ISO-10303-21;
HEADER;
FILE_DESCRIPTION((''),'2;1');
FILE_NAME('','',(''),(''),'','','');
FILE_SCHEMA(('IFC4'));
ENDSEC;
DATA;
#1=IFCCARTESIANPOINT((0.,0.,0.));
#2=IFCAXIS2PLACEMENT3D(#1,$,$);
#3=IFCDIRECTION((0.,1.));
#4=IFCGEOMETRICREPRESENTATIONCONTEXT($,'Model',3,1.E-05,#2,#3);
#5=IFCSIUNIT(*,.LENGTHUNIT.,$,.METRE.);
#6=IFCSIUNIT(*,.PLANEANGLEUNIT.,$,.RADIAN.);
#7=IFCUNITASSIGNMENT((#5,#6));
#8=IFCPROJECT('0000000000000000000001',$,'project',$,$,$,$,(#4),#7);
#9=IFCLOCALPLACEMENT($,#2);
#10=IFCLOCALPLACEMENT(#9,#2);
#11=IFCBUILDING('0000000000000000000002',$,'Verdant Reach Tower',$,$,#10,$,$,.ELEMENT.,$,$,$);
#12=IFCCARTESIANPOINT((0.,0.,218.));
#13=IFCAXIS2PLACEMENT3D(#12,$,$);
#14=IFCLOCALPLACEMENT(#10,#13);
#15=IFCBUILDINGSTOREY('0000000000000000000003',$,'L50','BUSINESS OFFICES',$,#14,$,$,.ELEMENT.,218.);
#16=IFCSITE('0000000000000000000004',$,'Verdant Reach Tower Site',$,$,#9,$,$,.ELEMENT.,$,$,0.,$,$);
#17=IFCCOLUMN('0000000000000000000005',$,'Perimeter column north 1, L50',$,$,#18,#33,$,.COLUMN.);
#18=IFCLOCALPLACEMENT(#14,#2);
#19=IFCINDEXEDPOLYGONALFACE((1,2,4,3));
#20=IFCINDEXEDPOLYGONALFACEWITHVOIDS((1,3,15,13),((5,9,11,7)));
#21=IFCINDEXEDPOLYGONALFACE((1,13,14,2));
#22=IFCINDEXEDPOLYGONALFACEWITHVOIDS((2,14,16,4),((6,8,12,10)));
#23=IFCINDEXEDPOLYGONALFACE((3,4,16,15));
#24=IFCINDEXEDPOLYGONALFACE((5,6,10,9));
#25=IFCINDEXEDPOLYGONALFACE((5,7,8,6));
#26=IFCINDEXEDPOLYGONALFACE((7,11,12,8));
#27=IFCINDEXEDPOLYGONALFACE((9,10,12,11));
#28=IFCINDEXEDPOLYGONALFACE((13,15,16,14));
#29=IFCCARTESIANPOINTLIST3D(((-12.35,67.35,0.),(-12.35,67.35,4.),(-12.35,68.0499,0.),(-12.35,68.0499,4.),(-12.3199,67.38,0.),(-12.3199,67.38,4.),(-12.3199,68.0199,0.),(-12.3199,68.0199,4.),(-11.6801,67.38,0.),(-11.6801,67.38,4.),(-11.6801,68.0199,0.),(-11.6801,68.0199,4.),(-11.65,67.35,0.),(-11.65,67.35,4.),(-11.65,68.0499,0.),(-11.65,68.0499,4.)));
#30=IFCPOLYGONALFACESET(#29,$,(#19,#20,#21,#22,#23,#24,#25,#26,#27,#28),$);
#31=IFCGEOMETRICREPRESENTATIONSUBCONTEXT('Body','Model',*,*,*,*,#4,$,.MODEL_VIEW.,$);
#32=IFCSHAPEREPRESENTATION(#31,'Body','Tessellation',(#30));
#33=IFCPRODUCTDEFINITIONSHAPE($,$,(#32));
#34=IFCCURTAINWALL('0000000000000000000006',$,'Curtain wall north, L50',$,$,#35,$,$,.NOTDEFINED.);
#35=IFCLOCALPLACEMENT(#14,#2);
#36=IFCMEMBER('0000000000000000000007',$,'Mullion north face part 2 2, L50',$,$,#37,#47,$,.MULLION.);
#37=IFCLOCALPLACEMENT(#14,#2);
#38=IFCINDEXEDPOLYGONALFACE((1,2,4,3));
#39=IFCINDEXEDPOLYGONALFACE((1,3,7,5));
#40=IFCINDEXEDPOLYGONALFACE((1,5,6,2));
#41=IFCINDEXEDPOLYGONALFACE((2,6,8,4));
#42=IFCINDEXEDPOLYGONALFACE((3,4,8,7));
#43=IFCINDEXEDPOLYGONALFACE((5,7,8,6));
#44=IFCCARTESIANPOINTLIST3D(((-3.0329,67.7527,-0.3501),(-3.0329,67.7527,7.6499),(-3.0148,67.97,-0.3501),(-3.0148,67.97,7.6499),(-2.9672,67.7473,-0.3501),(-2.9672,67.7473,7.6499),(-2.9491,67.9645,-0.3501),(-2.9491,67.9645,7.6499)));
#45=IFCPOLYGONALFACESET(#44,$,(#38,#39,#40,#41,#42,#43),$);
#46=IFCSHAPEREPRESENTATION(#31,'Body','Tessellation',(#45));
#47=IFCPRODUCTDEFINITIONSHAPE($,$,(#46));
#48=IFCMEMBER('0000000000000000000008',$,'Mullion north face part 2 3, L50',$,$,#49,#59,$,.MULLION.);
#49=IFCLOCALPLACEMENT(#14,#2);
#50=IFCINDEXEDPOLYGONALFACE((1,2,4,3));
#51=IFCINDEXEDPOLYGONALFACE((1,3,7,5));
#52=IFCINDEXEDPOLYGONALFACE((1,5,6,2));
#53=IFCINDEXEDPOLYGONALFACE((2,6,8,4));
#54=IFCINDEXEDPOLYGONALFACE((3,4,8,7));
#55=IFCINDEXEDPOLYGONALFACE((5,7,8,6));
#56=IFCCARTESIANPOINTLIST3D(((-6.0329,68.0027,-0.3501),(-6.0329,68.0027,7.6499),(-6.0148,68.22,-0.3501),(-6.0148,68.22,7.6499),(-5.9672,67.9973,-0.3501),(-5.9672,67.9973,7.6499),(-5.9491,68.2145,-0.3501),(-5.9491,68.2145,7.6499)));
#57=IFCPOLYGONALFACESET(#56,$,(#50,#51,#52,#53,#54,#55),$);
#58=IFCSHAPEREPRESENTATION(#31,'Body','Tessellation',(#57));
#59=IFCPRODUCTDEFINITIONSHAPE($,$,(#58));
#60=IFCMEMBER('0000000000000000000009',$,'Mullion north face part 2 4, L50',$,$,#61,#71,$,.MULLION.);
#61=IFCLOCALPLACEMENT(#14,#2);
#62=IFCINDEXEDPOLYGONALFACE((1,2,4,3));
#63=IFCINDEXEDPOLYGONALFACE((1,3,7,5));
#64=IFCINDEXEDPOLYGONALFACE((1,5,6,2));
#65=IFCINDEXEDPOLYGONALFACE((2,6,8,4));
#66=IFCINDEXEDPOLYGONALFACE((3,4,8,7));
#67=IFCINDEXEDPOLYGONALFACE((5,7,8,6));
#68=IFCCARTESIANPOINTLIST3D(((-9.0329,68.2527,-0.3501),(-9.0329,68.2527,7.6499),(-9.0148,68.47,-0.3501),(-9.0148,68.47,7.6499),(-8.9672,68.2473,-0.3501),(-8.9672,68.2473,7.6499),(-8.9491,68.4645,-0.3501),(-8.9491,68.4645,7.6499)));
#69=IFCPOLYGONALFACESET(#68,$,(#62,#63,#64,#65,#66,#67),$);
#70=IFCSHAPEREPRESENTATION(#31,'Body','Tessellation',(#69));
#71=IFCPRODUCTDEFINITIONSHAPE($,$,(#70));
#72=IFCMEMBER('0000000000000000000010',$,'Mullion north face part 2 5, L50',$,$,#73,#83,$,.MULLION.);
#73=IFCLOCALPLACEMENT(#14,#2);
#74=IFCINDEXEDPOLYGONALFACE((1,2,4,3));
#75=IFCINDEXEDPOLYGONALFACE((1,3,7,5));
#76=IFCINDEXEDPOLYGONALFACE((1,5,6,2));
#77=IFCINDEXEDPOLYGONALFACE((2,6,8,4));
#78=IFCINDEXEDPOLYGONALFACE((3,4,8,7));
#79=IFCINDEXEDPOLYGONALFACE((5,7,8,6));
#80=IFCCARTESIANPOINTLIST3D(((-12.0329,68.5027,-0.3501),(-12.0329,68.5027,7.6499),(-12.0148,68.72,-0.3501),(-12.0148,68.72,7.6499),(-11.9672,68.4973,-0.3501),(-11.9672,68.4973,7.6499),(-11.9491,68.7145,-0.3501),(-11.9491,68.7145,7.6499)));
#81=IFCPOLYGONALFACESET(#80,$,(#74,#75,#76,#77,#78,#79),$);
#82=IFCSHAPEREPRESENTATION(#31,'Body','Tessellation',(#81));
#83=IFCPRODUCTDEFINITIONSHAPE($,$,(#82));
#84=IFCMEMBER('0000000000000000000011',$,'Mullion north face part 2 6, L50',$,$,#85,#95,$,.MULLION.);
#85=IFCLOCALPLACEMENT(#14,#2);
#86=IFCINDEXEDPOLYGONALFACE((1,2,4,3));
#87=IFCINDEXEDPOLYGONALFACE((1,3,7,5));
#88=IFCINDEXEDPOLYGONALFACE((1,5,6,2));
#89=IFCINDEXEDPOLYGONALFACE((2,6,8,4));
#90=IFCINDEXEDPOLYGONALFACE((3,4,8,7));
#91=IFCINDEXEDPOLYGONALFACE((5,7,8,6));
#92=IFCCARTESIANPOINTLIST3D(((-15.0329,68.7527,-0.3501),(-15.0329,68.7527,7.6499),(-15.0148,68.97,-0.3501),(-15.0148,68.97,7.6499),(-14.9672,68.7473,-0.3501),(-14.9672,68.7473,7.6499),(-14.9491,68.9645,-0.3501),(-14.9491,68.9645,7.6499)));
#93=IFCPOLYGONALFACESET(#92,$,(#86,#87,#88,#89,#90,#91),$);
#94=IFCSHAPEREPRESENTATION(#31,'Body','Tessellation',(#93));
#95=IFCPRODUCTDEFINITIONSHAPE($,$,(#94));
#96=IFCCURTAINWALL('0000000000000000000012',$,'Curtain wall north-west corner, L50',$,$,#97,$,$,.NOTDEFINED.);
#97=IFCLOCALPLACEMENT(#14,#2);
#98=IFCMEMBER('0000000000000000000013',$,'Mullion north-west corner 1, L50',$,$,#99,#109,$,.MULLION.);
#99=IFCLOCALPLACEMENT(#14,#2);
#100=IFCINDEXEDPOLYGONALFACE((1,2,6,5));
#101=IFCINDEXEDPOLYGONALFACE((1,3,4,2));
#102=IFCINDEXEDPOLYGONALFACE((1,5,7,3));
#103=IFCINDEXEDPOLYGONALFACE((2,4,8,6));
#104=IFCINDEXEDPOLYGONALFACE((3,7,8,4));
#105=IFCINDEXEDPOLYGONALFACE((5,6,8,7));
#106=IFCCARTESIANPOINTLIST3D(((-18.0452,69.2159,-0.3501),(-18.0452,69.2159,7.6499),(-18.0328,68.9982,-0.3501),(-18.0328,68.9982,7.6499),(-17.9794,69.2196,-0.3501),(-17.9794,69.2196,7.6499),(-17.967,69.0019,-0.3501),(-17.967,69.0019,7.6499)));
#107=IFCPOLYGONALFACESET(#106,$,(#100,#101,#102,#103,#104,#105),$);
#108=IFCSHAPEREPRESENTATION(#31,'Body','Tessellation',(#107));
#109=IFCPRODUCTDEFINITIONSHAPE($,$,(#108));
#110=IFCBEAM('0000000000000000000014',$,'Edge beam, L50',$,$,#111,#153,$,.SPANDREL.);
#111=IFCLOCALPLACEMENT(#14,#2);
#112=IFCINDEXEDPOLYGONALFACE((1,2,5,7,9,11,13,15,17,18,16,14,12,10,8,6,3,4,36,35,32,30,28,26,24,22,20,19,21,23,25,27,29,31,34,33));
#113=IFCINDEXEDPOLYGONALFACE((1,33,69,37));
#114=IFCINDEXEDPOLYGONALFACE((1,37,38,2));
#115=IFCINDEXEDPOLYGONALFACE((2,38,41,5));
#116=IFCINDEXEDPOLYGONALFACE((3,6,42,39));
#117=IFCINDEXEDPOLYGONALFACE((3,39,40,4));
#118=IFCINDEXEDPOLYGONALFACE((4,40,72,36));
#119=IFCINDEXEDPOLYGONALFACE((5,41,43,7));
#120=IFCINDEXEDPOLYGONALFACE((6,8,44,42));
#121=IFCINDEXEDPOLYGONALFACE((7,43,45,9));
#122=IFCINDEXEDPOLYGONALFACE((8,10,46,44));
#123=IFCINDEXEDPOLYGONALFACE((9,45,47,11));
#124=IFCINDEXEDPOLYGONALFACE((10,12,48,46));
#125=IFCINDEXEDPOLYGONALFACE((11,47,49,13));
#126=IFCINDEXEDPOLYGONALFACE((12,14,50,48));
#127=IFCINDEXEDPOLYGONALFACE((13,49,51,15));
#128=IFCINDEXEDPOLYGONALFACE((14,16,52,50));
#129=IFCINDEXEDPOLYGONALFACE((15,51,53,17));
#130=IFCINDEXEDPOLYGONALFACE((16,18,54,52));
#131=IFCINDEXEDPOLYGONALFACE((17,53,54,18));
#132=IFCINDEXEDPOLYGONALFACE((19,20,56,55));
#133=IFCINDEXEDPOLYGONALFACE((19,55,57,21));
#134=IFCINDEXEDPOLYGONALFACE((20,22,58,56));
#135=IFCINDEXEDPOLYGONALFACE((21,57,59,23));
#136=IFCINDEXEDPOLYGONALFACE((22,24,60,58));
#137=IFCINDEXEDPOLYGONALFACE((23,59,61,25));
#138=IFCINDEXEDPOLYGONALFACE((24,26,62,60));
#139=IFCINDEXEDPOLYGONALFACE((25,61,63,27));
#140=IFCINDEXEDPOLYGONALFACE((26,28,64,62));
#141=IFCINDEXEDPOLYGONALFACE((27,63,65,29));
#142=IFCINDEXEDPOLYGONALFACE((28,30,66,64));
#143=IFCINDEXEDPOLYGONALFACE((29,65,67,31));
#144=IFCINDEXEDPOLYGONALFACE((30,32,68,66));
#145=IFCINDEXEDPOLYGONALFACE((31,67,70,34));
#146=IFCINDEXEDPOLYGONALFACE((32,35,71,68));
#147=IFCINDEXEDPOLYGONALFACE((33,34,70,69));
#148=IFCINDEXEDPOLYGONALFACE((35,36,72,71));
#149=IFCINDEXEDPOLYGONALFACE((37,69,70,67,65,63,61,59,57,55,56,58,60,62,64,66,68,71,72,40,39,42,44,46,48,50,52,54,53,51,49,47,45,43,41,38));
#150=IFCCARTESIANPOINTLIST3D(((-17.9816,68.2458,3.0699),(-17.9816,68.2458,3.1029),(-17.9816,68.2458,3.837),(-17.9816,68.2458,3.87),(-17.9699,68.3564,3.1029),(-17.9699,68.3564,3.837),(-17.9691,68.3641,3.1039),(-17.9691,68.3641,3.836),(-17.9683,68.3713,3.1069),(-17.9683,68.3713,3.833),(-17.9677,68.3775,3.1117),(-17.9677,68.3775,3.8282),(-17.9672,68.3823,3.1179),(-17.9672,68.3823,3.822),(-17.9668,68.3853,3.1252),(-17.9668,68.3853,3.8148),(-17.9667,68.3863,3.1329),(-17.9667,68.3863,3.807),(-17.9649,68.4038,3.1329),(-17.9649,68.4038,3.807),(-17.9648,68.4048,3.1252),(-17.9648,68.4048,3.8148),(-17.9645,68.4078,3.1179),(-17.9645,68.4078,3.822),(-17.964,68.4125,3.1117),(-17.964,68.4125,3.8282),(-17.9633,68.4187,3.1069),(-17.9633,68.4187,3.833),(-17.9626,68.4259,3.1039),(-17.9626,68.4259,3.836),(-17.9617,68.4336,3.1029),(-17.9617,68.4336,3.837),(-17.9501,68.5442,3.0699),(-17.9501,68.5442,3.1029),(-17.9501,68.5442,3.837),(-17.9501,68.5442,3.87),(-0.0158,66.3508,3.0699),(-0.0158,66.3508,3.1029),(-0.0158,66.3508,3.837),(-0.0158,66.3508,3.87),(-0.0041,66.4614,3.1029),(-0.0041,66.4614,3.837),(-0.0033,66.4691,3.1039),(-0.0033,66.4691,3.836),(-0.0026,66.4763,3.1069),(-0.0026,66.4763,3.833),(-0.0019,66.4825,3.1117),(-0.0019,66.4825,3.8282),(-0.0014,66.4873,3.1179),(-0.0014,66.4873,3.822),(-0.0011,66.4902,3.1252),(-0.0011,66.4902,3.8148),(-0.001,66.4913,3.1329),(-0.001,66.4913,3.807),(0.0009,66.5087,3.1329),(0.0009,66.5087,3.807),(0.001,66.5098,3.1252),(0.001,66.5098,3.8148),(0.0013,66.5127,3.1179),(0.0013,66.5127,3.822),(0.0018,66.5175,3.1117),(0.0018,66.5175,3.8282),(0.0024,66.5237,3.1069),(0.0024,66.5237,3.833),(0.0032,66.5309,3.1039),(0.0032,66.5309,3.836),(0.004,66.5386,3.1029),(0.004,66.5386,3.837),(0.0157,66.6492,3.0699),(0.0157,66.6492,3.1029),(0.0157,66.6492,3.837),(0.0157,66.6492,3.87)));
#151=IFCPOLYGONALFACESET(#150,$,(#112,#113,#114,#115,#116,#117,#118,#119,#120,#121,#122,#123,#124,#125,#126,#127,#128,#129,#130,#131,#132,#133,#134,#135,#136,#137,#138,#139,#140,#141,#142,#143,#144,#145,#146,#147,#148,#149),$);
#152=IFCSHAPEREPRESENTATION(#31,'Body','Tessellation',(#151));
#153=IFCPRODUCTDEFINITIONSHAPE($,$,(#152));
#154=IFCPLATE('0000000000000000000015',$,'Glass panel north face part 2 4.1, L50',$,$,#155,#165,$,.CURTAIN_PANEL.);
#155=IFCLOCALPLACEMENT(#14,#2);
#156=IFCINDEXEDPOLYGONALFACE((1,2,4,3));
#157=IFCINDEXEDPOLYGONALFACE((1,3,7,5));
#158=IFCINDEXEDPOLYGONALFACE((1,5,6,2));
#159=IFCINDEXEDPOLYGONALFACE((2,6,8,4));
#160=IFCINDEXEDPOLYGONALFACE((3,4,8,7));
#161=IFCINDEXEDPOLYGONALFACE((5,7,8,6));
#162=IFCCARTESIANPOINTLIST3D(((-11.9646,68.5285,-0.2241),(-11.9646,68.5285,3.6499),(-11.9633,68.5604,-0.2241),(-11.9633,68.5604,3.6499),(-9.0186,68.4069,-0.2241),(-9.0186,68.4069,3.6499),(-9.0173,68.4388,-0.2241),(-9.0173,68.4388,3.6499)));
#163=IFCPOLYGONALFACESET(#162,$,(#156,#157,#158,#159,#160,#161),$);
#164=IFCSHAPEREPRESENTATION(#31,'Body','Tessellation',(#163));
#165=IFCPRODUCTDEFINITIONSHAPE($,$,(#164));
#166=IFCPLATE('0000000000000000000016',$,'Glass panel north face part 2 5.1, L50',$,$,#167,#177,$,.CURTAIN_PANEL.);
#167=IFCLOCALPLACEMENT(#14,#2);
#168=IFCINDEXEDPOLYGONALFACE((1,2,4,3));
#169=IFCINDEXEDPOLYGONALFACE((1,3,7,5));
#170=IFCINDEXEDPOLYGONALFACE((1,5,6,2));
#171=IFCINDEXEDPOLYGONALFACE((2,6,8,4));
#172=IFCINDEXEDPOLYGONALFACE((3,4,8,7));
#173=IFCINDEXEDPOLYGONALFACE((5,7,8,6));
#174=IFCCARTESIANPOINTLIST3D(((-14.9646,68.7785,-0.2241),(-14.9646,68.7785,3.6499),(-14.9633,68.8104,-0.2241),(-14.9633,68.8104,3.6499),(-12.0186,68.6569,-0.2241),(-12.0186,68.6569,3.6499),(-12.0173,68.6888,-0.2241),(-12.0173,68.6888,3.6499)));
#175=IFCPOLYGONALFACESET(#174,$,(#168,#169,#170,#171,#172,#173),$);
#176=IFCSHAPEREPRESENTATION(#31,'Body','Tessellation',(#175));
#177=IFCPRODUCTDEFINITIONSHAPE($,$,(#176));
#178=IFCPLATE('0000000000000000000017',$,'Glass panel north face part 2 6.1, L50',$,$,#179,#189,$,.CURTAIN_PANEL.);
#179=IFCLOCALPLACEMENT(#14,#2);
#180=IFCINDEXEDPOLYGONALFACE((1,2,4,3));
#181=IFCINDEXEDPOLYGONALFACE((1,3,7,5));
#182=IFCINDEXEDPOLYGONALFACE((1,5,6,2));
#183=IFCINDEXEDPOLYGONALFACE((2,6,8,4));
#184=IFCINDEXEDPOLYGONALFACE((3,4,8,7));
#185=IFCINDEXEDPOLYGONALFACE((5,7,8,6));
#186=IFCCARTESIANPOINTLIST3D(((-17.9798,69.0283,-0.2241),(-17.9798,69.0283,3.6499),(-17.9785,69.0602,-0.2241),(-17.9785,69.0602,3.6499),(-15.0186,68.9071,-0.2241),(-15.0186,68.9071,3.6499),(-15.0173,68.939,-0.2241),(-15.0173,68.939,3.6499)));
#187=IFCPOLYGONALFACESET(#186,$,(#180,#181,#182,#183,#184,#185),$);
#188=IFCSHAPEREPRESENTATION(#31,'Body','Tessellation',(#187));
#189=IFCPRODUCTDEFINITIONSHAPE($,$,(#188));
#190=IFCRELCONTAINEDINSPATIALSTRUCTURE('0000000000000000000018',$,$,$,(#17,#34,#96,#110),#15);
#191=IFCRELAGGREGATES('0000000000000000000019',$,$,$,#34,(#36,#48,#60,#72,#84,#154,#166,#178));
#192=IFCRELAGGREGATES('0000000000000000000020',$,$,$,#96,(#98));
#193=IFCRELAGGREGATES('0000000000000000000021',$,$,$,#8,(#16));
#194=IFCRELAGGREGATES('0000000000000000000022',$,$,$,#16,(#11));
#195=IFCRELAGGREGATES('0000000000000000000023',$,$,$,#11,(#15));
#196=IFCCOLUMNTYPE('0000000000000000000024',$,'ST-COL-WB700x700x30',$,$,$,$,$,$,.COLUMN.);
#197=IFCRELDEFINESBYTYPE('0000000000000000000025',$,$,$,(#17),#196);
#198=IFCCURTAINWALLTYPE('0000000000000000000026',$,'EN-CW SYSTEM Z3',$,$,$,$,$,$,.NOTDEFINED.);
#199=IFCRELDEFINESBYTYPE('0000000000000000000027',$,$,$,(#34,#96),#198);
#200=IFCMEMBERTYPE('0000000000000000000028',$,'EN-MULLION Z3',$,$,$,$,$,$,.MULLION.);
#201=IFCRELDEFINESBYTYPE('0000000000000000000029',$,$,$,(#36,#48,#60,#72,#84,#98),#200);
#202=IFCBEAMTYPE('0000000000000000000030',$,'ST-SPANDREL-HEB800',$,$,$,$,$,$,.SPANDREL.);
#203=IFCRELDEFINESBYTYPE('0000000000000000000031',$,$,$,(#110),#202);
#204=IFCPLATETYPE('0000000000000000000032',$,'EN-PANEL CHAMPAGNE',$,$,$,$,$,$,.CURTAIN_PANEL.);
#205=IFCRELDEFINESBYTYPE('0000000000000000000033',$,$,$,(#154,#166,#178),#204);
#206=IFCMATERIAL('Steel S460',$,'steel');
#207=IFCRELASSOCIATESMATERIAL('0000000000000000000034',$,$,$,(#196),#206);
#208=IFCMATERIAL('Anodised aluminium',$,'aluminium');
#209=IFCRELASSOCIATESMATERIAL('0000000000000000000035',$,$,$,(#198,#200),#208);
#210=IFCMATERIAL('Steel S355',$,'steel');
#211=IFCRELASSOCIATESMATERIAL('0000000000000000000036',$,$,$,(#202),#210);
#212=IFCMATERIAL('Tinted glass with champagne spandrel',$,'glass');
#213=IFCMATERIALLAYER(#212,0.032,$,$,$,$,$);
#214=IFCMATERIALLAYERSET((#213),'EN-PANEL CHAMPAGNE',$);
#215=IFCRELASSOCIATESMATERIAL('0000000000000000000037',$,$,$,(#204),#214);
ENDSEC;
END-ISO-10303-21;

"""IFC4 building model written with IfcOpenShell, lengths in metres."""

from ifc_helpers import new_model, si_unit, direction, frame, origin, origin_2d, place, context, subcontext, project, spatial, rectangle, hollow_rectangle, i_section, extrude, material, layer, layer_set, material_profile, profile_set, type_object, element, aggregate, save


model = new_model("IFC4")

# Units and contexts
model_context = context("Model", 3, precision=1e-05, world=origin(), true_north=direction((0.0, 1.0)))
body_context = subcontext(model_context, "Body", "Model", "MODEL_VIEW")
ifc_project = project(units=[si_unit("LENGTHUNIT", "METRE"), si_unit("PLANEANGLEUNIT", "RADIAN")], contexts=[model_context])

# Site, building, storey
site_placement = place(None, origin())
site = spatial("IfcSite", under=ifc_project, at=site_placement, Name="Verdant Reach Tower Site", CompositionType="ELEMENT", RefElevation=0.0)
building_placement = place(site_placement, origin())
building = spatial("IfcBuilding", under=site, at=building_placement, Name="Verdant Reach Tower", CompositionType="ELEMENT")
storey_placement = place(building_placement, frame((0.0, 0.0, 218.0)))
storey = spatial("IfcBuildingStorey", under=building, at=storey_placement, Name="L50", Description="BUSINESS OFFICES", CompositionType="ELEMENT", Elevation=218.0)

# Column
ifc_material_1 = material(Name="Steel S460", Category="steel")
ifc_material_profile_1 = material_profile(ifc_material_1, hollow_rectangle(XDim=0.7, YDim=0.7, WallThickness=0.03, at=origin_2d()), Name="WB 700x700x30")
ifc_profile_set_1 = profile_set([ifc_material_profile_1], Name="Steel S460")
column_type = type_object("IfcColumnType", Name="ST-COL-WB700x700x30", PredefinedType="COLUMN", material=ifc_profile_set_1)
column_placement = place(storey_placement, frame((-12.0, 67.7, 0.0), z_axis=(0.0, 0.0, 1.0), x_axis=(1.0, 0.0, 0.0)))
element("IfcColumn", 1, at=column_placement, inside=storey, type_object=column_type, Name="Perimeter column north 1, L50", PredefinedType="COLUMN", context=body_context, shape_type="SweptSolid", body=[
    extrude(hollow_rectangle(XDim=0.7, YDim=0.7, WallThickness=0.03, at=origin_2d()), origin(), (0.0, 0.0, 1.0), 4.0),
])

# Curtain wall, members
ifc_material_2 = material(Name="Anodised aluminium", Category="aluminium")
curtain_wall_type = type_object("IfcCurtainWallType", Name="EN-CW SYSTEM Z3", PredefinedType="NOTDEFINED", material=ifc_material_2)
curtain_wall_1_placement = place(storey_placement, origin())
curtain_wall_1 = element("IfcCurtainWall", 2, at=curtain_wall_1_placement, inside=storey, type_object=curtain_wall_type, Name="Curtain wall north, L50", PredefinedType="NOTDEFINED")
ifc_material_profile_2 = material_profile(ifc_material_2, rectangle(XDim=0.218, YDim=0.0659, at=origin_2d()), Name="Mullion 66x218")
ifc_profile_set_2 = profile_set([ifc_material_profile_2], Name="Anodised aluminium")
member_type = type_object("IfcMemberType", Name="EN-MULLION Z3", PredefinedType="MULLION", material=ifc_profile_set_2)
member_1_placement = place(storey_placement, frame((-2.991, 67.8586, -0.3501), z_axis=(0.0, 0.0, 1.0), x_axis=(0.083045, 0.996546, 0.0)))
member_1 = element("IfcMember", 3, at=member_1_placement, type_object=member_type, Name="Mullion north face part 2 2, L50", PredefinedType="MULLION", context=body_context, shape_type="SweptSolid", body=[
    extrude(rectangle(XDim=0.218, YDim=0.0659, at=origin_2d()), origin(), (0.0, 0.0, 1.0), 8.0),
])
member_2_placement = place(storey_placement, frame((-5.991, 68.1086, -0.3501), z_axis=(0.0, 0.0, 1.0), x_axis=(0.083045, 0.996546, 0.0)))
member_2 = element("IfcMember", 4, at=member_2_placement, type_object=member_type, Name="Mullion north face part 2 3, L50", PredefinedType="MULLION", context=body_context, shape_type="SweptSolid", body=[
    extrude(rectangle(XDim=0.218, YDim=0.0659, at=origin_2d()), origin(), (0.0, 0.0, 1.0), 8.0),
])
member_3_placement = place(storey_placement, frame((-8.991, 68.3586, -0.3501), z_axis=(0.0, 0.0, 1.0), x_axis=(0.083045, 0.996546, 0.0)))
member_3 = element("IfcMember", 5, at=member_3_placement, type_object=member_type, Name="Mullion north face part 2 4, L50", PredefinedType="MULLION", context=body_context, shape_type="SweptSolid", body=[
    extrude(rectangle(XDim=0.218, YDim=0.0659, at=origin_2d()), origin(), (0.0, 0.0, 1.0), 8.0),
])
member_4_placement = place(storey_placement, frame((-11.991, 68.6086, -0.3501), z_axis=(0.0, 0.0, 1.0), x_axis=(0.083045, 0.996546, 0.0)))
member_4 = element("IfcMember", 6, at=member_4_placement, type_object=member_type, Name="Mullion north face part 2 5, L50", PredefinedType="MULLION", context=body_context, shape_type="SweptSolid", body=[
    extrude(rectangle(XDim=0.218, YDim=0.0659, at=origin_2d()), origin(), (0.0, 0.0, 1.0), 8.0),
])
member_5_placement = place(storey_placement, frame((-14.991, 68.8586, -0.3501), z_axis=(0.0, 0.0, 1.0), x_axis=(0.083045, 0.996546, 0.0)))
member_5 = element("IfcMember", 7, at=member_5_placement, type_object=member_type, Name="Mullion north face part 2 6, L50", PredefinedType="MULLION", context=body_context, shape_type="SweptSolid", body=[
    extrude(rectangle(XDim=0.218, YDim=0.0659, at=origin_2d()), origin(), (0.0, 0.0, 1.0), 8.0),
])

# Curtain wall, member
curtain_wall_2_placement = place(storey_placement, origin())
curtain_wall_2 = element("IfcCurtainWall", 8, at=curtain_wall_2_placement, inside=storey, type_object=curtain_wall_type, Name="Curtain wall north-west corner, L50", PredefinedType="NOTDEFINED")
member_6_placement = place(storey_placement, frame((-18.0061, 69.1089, -0.3501), z_axis=(0.0, 0.0, 1.0), x_axis=(-0.056569, 0.998399, 0.0)))
member_6 = element("IfcMember", 9, at=member_6_placement, type_object=member_type, Name="Mullion north-west corner 1, L50", PredefinedType="MULLION", context=body_context, shape_type="SweptSolid", body=[
    extrude(rectangle(XDim=0.218, YDim=0.0659, at=origin_2d()), origin(), (0.0, 0.0, 1.0), 8.0),
])

# Beam
ifc_material_3 = material(Name="Steel S355", Category="steel")
ifc_material_profile_3 = material_profile(ifc_material_3, i_section(OverallWidth=0.3, OverallDepth=0.8, WebThickness=0.0176, FlangeThickness=0.033, FilletRadius=0.03, at=origin_2d()), Name="HEB 800")
ifc_profile_set_3 = profile_set([ifc_material_profile_3], Name="Steel S355")
beam_type = type_object("IfcBeamType", Name="ST-SPANDREL-HEB800", PredefinedType="SPANDREL", material=ifc_profile_set_3)
beam_placement = place(storey_placement, frame((-17.9658, 68.395, 3.47), z_axis=(0.994483, -0.104897, 0.0), x_axis=(0.104897, 0.994483, 0.0)))
element("IfcBeam", 10, at=beam_placement, inside=storey, type_object=beam_type, Name="Edge beam, L50", PredefinedType="SPANDREL", context=body_context, shape_type="SweptSolid", body=[
    extrude(i_section(OverallWidth=0.3, OverallDepth=0.8, WebThickness=0.0176, FlangeThickness=0.033, FilletRadius=0.03, at=origin_2d()), origin(), (0.0, 0.0, 1.0), 18.0654),
])

# Plates
ifc_material_4 = material(Name="Tinted glass with champagne spandrel", Category="glass")
ifc_layer_1 = layer(ifc_material_4, 0.032)
ifc_layer_set_1 = layer_set([ifc_layer_1], Name="EN-PANEL CHAMPAGNE")
plate_type_1 = type_object("IfcPlateType", Name="EN-PANEL CHAMPAGNE", PredefinedType="CURTAIN_PANEL", material=ifc_layer_set_1)
plate_1_placement = place(storey_placement, frame((-10.491, 68.4836, -0.2241), z_axis=(0.0, 0.0, 1.0), x_axis=(-0.999149, 0.041242, 0.0)))
plate_1 = element("IfcPlate", 11, at=plate_1_placement, type_object=plate_type_1, Name="Glass panel north face part 2 4.1, L50", PredefinedType="CURTAIN_PANEL", context=body_context, shape_type="SweptSolid", body=[
    extrude(rectangle(XDim=2.9485, YDim=0.032, at=origin_2d()), origin(), (0.0, 0.0, 1.0), 3.874),
])
plate_2_placement = place(storey_placement, frame((-13.491, 68.7336, -0.2241), z_axis=(0.0, 0.0, 1.0), x_axis=(-0.999149, 0.041242, 0.0)))
plate_2 = element("IfcPlate", 12, at=plate_2_placement, type_object=plate_type_1, Name="Glass panel north face part 2 5.1, L50", PredefinedType="CURTAIN_PANEL", context=body_context, shape_type="SweptSolid", body=[
    extrude(rectangle(XDim=2.9485, YDim=0.032, at=origin_2d()), origin(), (0.0, 0.0, 1.0), 3.874),
])
plate_3_placement = place(storey_placement, frame((-16.4985, 68.9836, -0.2241), z_axis=(0.0, 0.0, 1.0), x_axis=(-0.999164, 0.040891, 0.0)))
plate_3 = element("IfcPlate", 13, at=plate_3_placement, type_object=plate_type_1, Name="Glass panel north face part 2 6.1, L50", PredefinedType="CURTAIN_PANEL", context=body_context, shape_type="SweptSolid", body=[
    extrude(rectangle(XDim=2.9636, YDim=0.032, at=origin_2d()), origin(), (0.0, 0.0, 1.0), 3.874),
])
aggregate(curtain_wall_1, [member_1, member_2, member_3, member_4, member_5, plate_1, plate_2, plate_3])
aggregate(curtain_wall_2, [member_6])

save(model, "model.ifc")
